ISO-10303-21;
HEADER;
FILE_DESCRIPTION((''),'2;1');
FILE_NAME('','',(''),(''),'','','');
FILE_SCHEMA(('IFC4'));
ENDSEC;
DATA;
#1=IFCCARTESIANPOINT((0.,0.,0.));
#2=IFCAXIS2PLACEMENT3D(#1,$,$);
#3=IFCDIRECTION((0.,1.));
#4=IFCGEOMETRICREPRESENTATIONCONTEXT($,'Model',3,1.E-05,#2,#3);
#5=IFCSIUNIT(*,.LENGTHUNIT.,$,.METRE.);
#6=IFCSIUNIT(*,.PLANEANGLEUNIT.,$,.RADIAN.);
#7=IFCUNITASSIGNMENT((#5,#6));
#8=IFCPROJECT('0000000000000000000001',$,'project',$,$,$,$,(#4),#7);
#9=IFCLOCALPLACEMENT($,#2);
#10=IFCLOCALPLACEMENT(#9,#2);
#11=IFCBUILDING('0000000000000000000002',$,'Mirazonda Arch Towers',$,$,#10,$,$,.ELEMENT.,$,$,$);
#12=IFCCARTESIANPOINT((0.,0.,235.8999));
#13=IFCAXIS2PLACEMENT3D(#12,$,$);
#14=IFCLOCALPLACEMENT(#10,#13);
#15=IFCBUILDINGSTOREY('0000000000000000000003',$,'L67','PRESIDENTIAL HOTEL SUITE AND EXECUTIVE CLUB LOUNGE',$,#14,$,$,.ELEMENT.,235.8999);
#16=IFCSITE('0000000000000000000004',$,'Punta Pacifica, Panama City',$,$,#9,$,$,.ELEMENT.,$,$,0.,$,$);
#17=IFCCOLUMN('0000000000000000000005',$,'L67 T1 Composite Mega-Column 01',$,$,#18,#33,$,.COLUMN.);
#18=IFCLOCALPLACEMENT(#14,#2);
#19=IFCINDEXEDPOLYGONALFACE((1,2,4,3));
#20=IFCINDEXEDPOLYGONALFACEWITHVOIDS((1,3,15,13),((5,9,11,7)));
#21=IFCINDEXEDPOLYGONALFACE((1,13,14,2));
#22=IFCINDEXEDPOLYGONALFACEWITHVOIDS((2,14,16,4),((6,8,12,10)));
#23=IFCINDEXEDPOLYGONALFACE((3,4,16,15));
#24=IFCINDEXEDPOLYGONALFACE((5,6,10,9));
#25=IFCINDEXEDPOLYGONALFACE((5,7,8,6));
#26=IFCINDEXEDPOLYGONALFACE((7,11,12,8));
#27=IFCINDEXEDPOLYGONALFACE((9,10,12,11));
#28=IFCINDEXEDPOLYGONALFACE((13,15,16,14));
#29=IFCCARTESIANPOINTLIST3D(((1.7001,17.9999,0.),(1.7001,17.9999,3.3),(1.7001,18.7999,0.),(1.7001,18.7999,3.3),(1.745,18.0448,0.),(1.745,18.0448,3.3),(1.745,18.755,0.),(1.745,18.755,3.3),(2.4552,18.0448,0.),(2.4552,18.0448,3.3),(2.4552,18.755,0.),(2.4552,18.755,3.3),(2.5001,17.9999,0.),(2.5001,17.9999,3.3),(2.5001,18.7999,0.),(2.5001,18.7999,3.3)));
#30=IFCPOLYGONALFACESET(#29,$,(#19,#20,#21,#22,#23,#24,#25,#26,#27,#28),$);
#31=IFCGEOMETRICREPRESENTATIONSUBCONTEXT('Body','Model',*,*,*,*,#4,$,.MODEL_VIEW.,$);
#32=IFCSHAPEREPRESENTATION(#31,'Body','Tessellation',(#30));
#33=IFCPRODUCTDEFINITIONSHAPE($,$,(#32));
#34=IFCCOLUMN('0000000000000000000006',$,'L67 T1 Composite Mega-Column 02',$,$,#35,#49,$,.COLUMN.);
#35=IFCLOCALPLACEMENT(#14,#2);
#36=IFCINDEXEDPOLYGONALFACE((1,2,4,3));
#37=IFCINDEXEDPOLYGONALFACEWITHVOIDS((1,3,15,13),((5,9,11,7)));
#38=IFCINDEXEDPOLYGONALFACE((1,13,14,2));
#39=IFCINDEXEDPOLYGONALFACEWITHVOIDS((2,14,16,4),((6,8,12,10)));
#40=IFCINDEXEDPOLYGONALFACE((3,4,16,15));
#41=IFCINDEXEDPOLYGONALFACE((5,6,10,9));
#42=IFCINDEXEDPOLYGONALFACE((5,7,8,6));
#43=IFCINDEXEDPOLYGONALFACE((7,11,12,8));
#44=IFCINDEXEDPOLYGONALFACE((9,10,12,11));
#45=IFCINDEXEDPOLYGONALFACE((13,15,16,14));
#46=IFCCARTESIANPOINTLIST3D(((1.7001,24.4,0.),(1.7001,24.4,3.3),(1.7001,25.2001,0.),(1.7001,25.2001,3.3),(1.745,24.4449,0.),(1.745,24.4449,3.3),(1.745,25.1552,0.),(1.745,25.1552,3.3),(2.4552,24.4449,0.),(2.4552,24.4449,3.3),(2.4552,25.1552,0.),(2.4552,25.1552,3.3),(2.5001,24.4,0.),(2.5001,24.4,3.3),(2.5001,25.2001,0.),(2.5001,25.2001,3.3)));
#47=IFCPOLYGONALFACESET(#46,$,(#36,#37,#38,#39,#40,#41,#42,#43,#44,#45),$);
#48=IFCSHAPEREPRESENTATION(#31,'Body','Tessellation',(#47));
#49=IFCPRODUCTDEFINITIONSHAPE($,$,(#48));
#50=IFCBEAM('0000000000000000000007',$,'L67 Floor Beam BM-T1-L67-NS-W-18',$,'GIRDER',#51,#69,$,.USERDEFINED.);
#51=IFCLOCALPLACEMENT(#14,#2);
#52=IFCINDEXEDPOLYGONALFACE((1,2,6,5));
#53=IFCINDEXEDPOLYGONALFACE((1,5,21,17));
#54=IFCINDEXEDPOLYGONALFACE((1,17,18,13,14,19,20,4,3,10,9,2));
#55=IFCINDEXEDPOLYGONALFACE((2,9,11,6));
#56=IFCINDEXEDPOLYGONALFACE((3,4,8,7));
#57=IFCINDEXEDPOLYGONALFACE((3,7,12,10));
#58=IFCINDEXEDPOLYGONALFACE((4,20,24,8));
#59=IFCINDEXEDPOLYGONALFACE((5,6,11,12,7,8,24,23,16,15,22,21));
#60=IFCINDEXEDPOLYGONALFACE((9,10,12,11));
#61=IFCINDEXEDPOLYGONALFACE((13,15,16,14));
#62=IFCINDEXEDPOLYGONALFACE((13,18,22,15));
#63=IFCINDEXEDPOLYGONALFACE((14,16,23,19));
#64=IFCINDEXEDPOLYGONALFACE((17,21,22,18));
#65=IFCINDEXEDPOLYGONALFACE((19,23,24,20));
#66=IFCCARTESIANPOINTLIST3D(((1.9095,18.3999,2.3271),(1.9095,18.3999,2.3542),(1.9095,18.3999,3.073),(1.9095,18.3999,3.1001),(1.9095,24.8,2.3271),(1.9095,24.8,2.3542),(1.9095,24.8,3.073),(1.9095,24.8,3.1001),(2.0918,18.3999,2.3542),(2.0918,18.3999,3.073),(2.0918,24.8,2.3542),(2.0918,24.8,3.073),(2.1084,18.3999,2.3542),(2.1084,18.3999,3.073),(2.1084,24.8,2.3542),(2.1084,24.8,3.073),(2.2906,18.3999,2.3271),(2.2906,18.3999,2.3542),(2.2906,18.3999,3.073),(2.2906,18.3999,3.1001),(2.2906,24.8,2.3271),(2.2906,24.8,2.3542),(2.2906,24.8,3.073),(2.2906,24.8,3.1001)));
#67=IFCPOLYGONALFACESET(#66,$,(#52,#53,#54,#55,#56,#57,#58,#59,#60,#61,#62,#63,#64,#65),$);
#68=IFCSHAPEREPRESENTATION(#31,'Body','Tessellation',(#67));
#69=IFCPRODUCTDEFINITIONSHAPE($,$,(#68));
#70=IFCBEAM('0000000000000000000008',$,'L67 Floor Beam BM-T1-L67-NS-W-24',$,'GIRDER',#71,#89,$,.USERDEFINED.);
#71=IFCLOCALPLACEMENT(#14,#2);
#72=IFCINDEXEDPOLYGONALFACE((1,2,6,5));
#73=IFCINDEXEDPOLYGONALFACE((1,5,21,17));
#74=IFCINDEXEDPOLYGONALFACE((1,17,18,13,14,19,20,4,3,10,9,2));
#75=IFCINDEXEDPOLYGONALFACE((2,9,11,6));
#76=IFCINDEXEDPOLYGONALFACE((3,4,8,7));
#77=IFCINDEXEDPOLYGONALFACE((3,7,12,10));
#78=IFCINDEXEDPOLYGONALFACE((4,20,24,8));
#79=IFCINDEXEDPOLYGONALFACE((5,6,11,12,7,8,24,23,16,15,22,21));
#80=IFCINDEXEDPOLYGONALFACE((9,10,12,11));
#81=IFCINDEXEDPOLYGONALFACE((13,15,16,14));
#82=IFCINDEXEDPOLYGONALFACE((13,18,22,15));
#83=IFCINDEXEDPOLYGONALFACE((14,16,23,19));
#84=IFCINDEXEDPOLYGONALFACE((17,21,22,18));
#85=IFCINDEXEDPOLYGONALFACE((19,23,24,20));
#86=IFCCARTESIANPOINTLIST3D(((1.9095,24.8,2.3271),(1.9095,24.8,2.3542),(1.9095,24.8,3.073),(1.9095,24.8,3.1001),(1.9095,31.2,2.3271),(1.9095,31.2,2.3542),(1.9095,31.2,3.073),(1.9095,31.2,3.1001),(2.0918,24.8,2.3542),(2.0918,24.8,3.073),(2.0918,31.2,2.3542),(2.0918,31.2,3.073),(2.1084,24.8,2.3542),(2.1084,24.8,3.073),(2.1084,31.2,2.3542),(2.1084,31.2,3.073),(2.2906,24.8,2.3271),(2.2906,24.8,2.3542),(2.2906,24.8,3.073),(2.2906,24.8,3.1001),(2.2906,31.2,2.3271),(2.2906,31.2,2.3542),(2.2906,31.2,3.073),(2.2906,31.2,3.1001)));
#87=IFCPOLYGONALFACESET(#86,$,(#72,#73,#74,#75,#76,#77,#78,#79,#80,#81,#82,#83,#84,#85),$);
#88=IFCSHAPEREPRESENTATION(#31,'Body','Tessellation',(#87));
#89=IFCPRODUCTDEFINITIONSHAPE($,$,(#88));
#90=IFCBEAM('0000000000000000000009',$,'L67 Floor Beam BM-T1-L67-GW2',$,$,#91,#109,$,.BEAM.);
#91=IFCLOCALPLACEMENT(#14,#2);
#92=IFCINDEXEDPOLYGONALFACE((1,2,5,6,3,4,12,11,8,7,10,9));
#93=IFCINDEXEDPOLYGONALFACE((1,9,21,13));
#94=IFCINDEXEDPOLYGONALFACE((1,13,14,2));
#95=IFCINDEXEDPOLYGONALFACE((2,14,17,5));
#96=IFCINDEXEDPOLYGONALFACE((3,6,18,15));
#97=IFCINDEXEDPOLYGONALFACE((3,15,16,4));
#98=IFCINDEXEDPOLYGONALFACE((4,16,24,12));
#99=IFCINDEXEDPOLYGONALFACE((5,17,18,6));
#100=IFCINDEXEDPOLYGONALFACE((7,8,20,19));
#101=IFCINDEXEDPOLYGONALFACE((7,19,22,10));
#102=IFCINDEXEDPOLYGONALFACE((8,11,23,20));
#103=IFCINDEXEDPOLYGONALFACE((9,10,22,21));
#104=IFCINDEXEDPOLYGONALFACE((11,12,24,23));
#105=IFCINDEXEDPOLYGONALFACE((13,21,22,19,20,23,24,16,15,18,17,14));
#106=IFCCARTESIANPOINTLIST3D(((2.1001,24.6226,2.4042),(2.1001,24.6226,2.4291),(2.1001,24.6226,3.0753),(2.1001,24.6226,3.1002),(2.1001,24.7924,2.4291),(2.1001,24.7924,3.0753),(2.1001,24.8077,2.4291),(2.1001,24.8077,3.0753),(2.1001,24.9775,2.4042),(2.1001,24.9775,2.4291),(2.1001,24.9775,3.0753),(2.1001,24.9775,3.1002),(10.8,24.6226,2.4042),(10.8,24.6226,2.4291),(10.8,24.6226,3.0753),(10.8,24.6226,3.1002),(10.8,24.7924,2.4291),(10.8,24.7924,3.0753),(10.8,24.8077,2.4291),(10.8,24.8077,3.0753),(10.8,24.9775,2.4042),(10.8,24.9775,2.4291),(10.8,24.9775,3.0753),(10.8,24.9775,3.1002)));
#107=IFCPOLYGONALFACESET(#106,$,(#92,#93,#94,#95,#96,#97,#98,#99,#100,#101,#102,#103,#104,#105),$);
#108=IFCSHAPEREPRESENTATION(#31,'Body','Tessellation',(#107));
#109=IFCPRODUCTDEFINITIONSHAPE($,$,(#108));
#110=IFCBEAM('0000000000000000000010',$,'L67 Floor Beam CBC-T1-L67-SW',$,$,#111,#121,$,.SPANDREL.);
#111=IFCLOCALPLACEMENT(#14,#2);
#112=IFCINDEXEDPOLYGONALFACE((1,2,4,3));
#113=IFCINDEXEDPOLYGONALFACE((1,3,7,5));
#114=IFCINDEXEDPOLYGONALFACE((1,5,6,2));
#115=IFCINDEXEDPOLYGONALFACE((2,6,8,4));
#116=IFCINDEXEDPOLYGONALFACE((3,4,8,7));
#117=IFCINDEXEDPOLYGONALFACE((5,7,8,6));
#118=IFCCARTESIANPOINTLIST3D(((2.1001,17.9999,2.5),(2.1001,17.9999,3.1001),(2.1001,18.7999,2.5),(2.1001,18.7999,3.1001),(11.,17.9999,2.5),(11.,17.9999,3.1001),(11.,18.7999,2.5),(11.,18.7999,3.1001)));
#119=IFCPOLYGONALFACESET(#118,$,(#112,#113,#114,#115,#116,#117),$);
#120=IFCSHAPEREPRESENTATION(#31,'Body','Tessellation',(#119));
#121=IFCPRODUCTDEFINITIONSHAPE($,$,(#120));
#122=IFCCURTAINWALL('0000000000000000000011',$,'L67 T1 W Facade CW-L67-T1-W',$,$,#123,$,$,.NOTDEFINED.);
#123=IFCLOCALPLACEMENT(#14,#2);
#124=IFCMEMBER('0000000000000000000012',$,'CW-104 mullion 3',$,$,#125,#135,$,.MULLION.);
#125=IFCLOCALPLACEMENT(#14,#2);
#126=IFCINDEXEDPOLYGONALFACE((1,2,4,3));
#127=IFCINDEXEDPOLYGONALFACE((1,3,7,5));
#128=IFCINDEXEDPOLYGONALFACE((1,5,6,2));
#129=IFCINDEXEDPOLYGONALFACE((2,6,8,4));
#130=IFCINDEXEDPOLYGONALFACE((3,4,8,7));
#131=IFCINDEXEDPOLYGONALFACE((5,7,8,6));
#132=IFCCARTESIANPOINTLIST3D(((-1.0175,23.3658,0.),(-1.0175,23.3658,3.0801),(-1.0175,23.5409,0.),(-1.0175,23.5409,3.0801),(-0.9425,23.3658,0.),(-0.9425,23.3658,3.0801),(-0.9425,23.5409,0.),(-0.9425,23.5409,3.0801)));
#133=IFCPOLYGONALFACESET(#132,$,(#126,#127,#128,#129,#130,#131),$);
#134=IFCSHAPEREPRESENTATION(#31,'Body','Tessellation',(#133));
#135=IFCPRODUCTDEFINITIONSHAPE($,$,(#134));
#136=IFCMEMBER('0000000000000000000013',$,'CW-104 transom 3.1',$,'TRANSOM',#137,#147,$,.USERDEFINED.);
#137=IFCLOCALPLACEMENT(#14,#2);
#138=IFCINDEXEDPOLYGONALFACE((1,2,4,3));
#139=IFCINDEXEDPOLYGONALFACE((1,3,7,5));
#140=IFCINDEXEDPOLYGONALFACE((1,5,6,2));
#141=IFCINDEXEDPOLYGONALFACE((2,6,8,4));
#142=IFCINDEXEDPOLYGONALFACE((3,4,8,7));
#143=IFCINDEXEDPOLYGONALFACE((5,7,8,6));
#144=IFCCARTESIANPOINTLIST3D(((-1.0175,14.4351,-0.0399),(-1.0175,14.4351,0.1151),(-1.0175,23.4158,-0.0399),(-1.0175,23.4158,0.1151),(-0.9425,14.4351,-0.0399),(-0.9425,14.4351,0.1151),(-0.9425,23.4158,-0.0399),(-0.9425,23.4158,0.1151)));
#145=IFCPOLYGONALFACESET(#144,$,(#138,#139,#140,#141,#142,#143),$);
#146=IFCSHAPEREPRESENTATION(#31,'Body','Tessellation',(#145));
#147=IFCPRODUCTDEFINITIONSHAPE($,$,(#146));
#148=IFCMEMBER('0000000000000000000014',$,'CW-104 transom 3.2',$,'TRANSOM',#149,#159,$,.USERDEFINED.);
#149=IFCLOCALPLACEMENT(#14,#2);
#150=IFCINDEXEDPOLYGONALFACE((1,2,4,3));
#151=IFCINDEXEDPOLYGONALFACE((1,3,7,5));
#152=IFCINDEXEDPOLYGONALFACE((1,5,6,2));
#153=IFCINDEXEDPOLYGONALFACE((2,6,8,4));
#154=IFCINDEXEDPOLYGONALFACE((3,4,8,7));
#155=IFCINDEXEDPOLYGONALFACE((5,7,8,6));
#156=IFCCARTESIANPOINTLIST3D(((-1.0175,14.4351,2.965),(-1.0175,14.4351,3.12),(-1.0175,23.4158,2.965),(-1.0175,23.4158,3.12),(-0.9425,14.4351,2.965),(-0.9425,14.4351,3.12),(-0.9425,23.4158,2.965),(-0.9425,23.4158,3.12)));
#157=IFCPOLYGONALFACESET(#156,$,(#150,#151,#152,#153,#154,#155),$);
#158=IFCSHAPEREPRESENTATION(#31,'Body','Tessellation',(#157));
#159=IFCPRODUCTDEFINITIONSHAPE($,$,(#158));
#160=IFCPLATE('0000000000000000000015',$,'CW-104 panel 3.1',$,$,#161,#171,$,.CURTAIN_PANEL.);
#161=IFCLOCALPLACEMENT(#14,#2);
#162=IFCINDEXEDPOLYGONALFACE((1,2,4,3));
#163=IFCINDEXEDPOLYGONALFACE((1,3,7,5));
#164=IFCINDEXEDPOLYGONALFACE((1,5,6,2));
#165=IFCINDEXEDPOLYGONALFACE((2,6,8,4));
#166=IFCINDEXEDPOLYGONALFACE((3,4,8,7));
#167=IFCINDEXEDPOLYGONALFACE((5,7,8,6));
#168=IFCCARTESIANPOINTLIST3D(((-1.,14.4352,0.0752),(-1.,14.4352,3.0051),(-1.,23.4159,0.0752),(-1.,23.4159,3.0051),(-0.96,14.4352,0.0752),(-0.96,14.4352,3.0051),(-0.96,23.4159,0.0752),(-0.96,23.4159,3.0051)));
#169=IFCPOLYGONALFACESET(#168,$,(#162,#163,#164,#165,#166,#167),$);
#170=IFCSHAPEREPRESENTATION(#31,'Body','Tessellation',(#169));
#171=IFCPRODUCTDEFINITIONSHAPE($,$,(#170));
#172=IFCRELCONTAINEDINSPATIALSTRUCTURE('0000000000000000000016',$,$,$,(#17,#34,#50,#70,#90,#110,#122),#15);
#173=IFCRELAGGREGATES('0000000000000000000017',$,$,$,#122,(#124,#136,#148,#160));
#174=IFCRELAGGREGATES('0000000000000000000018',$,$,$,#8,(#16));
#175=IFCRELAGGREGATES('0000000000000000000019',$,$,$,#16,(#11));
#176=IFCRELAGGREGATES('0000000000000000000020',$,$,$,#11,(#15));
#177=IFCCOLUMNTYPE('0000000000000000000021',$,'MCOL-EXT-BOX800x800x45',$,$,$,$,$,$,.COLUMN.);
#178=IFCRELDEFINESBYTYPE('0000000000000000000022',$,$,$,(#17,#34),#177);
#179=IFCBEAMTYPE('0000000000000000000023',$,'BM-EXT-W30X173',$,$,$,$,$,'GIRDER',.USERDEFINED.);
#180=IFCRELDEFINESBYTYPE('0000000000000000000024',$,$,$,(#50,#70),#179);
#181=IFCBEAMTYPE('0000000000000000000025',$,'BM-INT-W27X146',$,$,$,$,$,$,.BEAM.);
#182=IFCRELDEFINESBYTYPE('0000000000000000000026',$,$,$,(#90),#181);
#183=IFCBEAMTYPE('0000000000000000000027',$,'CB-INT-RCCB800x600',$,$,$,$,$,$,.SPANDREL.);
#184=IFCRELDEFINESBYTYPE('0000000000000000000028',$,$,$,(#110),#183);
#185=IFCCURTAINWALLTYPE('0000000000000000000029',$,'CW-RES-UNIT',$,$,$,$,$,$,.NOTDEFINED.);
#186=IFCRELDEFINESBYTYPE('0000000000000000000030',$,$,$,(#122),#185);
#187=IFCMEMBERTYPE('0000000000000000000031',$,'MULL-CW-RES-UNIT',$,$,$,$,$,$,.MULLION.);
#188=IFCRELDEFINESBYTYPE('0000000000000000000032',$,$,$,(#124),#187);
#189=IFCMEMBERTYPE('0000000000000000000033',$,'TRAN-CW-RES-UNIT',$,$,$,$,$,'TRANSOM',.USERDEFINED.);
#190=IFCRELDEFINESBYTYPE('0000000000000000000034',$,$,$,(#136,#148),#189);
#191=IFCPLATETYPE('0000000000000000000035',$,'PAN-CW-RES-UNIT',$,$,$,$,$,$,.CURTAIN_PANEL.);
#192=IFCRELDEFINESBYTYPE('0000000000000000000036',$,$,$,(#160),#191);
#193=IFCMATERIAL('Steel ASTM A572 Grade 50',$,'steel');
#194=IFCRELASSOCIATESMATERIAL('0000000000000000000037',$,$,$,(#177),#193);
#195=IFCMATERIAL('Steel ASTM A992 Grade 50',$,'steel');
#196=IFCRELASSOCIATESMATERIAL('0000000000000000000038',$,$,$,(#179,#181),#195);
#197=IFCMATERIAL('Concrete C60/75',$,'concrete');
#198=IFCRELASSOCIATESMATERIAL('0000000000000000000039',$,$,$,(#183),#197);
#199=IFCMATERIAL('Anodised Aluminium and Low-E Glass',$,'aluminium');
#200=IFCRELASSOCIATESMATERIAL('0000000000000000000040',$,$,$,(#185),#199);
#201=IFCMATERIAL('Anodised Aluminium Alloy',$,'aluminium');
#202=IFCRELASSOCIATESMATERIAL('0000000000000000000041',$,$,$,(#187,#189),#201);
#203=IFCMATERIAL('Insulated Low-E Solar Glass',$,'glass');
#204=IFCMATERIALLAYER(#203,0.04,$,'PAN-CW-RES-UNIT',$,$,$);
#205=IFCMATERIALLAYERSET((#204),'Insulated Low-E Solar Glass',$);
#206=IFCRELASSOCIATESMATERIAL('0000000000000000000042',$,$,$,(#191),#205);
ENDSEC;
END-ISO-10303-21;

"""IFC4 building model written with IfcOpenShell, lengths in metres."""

from ifc_helpers import new_model, si_unit, direction, frame, origin, origin_2d, place, context, subcontext, project, spatial, rectangle, hollow_rectangle, i_section, extrude, material, layer, layer_set, material_profile, profile_set, type_object, element, aggregate, save


model = new_model("IFC4")

# Units and contexts
model_context = context("Model", 3, precision=1e-05, world=origin(), true_north=direction((0.0, 1.0)))
body_context = subcontext(model_context, "Body", "Model", "MODEL_VIEW")
ifc_project = project(units=[si_unit("LENGTHUNIT", "METRE"), si_unit("PLANEANGLEUNIT", "RADIAN")], contexts=[model_context])

# Site, building, storey
site_placement = place(None, origin())
site = spatial("IfcSite", under=ifc_project, at=site_placement, Name="Punta Pacifica, Panama City", CompositionType="ELEMENT", RefElevation=0.0)
building_placement = place(site_placement, origin())
building = spatial("IfcBuilding", under=site, at=building_placement, Name="Mirazonda Arch Towers", CompositionType="ELEMENT")
storey_placement = place(building_placement, frame((0.0, 0.0, 235.8999)))
storey = spatial("IfcBuildingStorey", under=building, at=storey_placement, Name="L67", Description="PRESIDENTIAL HOTEL SUITE AND EXECUTIVE CLUB LOUNGE", CompositionType="ELEMENT", Elevation=235.8999)

# Columns
ifc_material_1 = material(Name="Steel ASTM A572 Grade 50", Category="steel")
ifc_material_profile_1 = material_profile(ifc_material_1, hollow_rectangle(XDim=0.8, YDim=0.8, WallThickness=0.0449, at=origin_2d()), Name="BOX800x800x45")
ifc_profile_set_1 = profile_set([ifc_material_profile_1], Name="Steel ASTM A572 Grade 50")
column_type = type_object("IfcColumnType", Name="MCOL-EXT-BOX800x800x45", PredefinedType="COLUMN", material=ifc_profile_set_1)
for number, where, z_axis, x_axis, name in (
    (1, (2.1001, 18.3999, 0.0), (0.0, 0.0, 1.0), (1.0, 0.0, 0.0), "L67 T1 Composite Mega-Column 01"),
    (2, (2.1001, 24.8, 0.0), (0.0, 0.0, 1.0), (1.0, 0.0, 0.0), "L67 T1 Composite Mega-Column 02"),
):
    element("IfcColumn", number, at=place(storey_placement, frame(where, z_axis=z_axis, x_axis=x_axis)), inside=storey, type_object=column_type, Name=name, PredefinedType="COLUMN", context=body_context, shape_type="SweptSolid", body=[
        extrude(hollow_rectangle(XDim=0.8, YDim=0.8, WallThickness=0.0449, at=origin_2d()), origin(), (0.0, 0.0, 1.0), 3.3),
    ])

# Beams
ifc_material_2 = material(Name="Steel ASTM A992 Grade 50", Category="steel")
ifc_material_profile_2 = material_profile(ifc_material_2, i_section(OverallWidth=0.3811, OverallDepth=0.7729, WebThickness=0.0166, FlangeThickness=0.0271, at=origin_2d()), Name="W30X173")
ifc_profile_set_2 = profile_set([ifc_material_profile_2], Name="Steel ASTM A992 Grade 50")
beam_type_1 = type_object("IfcBeamType", Name="BM-EXT-W30X173", ElementType="GIRDER", PredefinedType="USERDEFINED", material=ifc_profile_set_2)
beam_1_placement = place(storey_placement, frame((2.1001, 18.3999, 2.7136), z_axis=(0.0, 1.0, 0.0), x_axis=(-1.0, 0.0, 0.0)))
element("IfcBeam", 3, at=beam_1_placement, inside=storey, type_object=beam_type_1, Name="L67 Floor Beam BM-T1-L67-NS-W-18", ObjectType="GIRDER", PredefinedType="USERDEFINED", context=body_context, shape_type="SweptSolid", body=[
    extrude(i_section(OverallWidth=0.3811, OverallDepth=0.7729, WebThickness=0.0166, FlangeThickness=0.0271, at=origin_2d()), origin(), (0.0, 0.0, 1.0), 6.4001),
])
beam_2_placement = place(storey_placement, frame((2.1001, 24.8, 2.7136), z_axis=(0.0, 1.0, 0.0), x_axis=(-1.0, 0.0, 0.0)))
element("IfcBeam", 4, at=beam_2_placement, inside=storey, type_object=beam_type_1, Name="L67 Floor Beam BM-T1-L67-NS-W-24", ObjectType="GIRDER", PredefinedType="USERDEFINED", context=body_context, shape_type="SweptSolid", body=[
    extrude(i_section(OverallWidth=0.3811, OverallDepth=0.7729, WebThickness=0.0166, FlangeThickness=0.0271, at=origin_2d()), origin(), (0.0, 0.0, 1.0), 6.3999),
])
ifc_material_profile_3 = material_profile(ifc_material_2, i_section(OverallWidth=0.355, OverallDepth=0.696, WebThickness=0.0154, FlangeThickness=0.0249, at=origin_2d()), Name="W27X146")
ifc_profile_set_3 = profile_set([ifc_material_profile_3], Name="Steel ASTM A992 Grade 50")
beam_type_2 = type_object("IfcBeamType", Name="BM-INT-W27X146", PredefinedType="BEAM", material=ifc_profile_set_3)
beam_3_placement = place(storey_placement, frame((2.1001, 24.8, 2.7522), z_axis=(1.0, 0.0, 0.0), x_axis=(0.0, 1.0, 0.0)))
element("IfcBeam", 5, at=beam_3_placement, inside=storey, type_object=beam_type_2, Name="L67 Floor Beam BM-T1-L67-GW2", PredefinedType="BEAM", context=body_context, shape_type="SweptSolid", body=[
    extrude(i_section(OverallWidth=0.355, OverallDepth=0.696, WebThickness=0.0154, FlangeThickness=0.0249, at=origin_2d()), origin(), (0.0, 0.0, 1.0), 8.7),
])
ifc_material_3 = material(Name="Concrete C60/75", Category="concrete")
ifc_material_profile_4 = material_profile(ifc_material_3, rectangle(XDim=0.8, YDim=0.6001, at=origin_2d()), Name="RCCB800x600")
ifc_profile_set_4 = profile_set([ifc_material_profile_4], Name="Concrete C60/75")
beam_type_3 = type_object("IfcBeamType", Name="CB-INT-RCCB800x600", PredefinedType="SPANDREL", material=ifc_profile_set_4)
beam_4_placement = place(storey_placement, frame((2.1001, 18.3999, 2.8), z_axis=(1.0, 0.0, 0.0), x_axis=(0.0, 1.0, 0.0)))
element("IfcBeam", 6, at=beam_4_placement, inside=storey, type_object=beam_type_3, Name="L67 Floor Beam CBC-T1-L67-SW", PredefinedType="SPANDREL", context=body_context, shape_type="SweptSolid", body=[
    extrude(rectangle(XDim=0.8, YDim=0.6001, at=origin_2d()), origin(), (0.0, 0.0, 1.0), 8.8999),
])

# Curtain wall, members, plate
ifc_material_4 = material(Name="Anodised Aluminium and Low-E Glass", Category="aluminium")
curtain_wall_type = type_object("IfcCurtainWallType", Name="CW-RES-UNIT", PredefinedType="NOTDEFINED", material=ifc_material_4)
curtain_wall_placement = place(storey_placement, origin())
curtain_wall = element("IfcCurtainWall", 7, at=curtain_wall_placement, inside=storey, type_object=curtain_wall_type, Name="L67 T1 W Facade CW-L67-T1-W", PredefinedType="NOTDEFINED")
ifc_material_5 = material(Name="Anodised Aluminium Alloy", Category="aluminium")
ifc_material_profile_5 = material_profile(ifc_material_5, rectangle(XDim=0.075, YDim=0.175, at=origin_2d()), Name="ALU-MULL-75x175")
ifc_profile_set_5 = profile_set([ifc_material_profile_5], Name="Anodised Aluminium Alloy")
member_type_1 = type_object("IfcMemberType", Name="MULL-CW-RES-UNIT", PredefinedType="MULLION", material=ifc_profile_set_5)
member_1_placement = place(storey_placement, frame((-0.98, 23.4534, 0.0), z_axis=(0.0, 0.0, 1.0), x_axis=(1.0, 0.0, 0.0)))
member_1 = element("IfcMember", 8, at=member_1_placement, type_object=member_type_1, Name="CW-104 mullion 3", PredefinedType="MULLION", context=body_context, shape_type="SweptSolid", body=[
    extrude(rectangle(XDim=0.075, YDim=0.175, at=origin_2d()), origin(), (0.0, 0.0, 1.0), 3.0801),
])
ifc_material_profile_6 = material_profile(ifc_material_5, rectangle(XDim=0.075, YDim=0.155, at=origin_2d()), Name="ALU-TRAN-75x155")
ifc_profile_set_6 = profile_set([ifc_material_profile_6], Name="Anodised Aluminium Alloy")
member_type_2 = type_object("IfcMemberType", Name="TRAN-CW-RES-UNIT", ElementType="TRANSOM", PredefinedType="USERDEFINED", material=ifc_profile_set_6)
member_2_placement = place(storey_placement, frame((-0.98, 23.4158, 0.0376), z_axis=(0.0, -1.0, 0.0), x_axis=(1.0, 0.0, 0.0)))
member_2 = element("IfcMember", 9, at=member_2_placement, type_object=member_type_2, Name="CW-104 transom 3.1", ObjectType="TRANSOM", PredefinedType="USERDEFINED", context=body_context, shape_type="SweptSolid", body=[
    extrude(rectangle(XDim=0.075, YDim=0.155, at=origin_2d()), origin(), (0.0, 0.0, 1.0), 8.9807),
])
member_3_placement = place(storey_placement, frame((-0.98, 23.4158, 3.0425), z_axis=(0.0, -1.0, 0.0), x_axis=(1.0, 0.0, 0.0)))
member_3 = element("IfcMember", 10, at=member_3_placement, type_object=member_type_2, Name="CW-104 transom 3.2", ObjectType="TRANSOM", PredefinedType="USERDEFINED", context=body_context, shape_type="SweptSolid", body=[
    extrude(rectangle(XDim=0.075, YDim=0.155, at=origin_2d()), origin(), (0.0, 0.0, 1.0), 8.9807),
])
ifc_material_6 = material(Name="Insulated Low-E Solar Glass", Category="glass")
ifc_layer_1 = layer(ifc_material_6, 0.04, Name="PAN-CW-RES-UNIT")
ifc_layer_set_1 = layer_set([ifc_layer_1], Name="Insulated Low-E Solar Glass")
plate_type = type_object("IfcPlateType", Name="PAN-CW-RES-UNIT", PredefinedType="CURTAIN_PANEL", material=ifc_layer_set_1)
plate_placement = place(storey_placement, frame((-0.98, 18.9255, 0.0752), z_axis=(0.0, 0.0, 1.0), x_axis=(0.0, -1.0, 0.0)))
plate = element("IfcPlate", 11, at=plate_placement, type_object=plate_type, Name="CW-104 panel 3.1", PredefinedType="CURTAIN_PANEL", context=body_context, shape_type="SweptSolid", body=[
    extrude(rectangle(XDim=8.9807, YDim=0.04, at=origin_2d()), origin(), (0.0, 0.0, 1.0), 2.9299),
])
aggregate(curtain_wall, [member_1, member_2, member_3, plate])

save(model, "model.ifc")
